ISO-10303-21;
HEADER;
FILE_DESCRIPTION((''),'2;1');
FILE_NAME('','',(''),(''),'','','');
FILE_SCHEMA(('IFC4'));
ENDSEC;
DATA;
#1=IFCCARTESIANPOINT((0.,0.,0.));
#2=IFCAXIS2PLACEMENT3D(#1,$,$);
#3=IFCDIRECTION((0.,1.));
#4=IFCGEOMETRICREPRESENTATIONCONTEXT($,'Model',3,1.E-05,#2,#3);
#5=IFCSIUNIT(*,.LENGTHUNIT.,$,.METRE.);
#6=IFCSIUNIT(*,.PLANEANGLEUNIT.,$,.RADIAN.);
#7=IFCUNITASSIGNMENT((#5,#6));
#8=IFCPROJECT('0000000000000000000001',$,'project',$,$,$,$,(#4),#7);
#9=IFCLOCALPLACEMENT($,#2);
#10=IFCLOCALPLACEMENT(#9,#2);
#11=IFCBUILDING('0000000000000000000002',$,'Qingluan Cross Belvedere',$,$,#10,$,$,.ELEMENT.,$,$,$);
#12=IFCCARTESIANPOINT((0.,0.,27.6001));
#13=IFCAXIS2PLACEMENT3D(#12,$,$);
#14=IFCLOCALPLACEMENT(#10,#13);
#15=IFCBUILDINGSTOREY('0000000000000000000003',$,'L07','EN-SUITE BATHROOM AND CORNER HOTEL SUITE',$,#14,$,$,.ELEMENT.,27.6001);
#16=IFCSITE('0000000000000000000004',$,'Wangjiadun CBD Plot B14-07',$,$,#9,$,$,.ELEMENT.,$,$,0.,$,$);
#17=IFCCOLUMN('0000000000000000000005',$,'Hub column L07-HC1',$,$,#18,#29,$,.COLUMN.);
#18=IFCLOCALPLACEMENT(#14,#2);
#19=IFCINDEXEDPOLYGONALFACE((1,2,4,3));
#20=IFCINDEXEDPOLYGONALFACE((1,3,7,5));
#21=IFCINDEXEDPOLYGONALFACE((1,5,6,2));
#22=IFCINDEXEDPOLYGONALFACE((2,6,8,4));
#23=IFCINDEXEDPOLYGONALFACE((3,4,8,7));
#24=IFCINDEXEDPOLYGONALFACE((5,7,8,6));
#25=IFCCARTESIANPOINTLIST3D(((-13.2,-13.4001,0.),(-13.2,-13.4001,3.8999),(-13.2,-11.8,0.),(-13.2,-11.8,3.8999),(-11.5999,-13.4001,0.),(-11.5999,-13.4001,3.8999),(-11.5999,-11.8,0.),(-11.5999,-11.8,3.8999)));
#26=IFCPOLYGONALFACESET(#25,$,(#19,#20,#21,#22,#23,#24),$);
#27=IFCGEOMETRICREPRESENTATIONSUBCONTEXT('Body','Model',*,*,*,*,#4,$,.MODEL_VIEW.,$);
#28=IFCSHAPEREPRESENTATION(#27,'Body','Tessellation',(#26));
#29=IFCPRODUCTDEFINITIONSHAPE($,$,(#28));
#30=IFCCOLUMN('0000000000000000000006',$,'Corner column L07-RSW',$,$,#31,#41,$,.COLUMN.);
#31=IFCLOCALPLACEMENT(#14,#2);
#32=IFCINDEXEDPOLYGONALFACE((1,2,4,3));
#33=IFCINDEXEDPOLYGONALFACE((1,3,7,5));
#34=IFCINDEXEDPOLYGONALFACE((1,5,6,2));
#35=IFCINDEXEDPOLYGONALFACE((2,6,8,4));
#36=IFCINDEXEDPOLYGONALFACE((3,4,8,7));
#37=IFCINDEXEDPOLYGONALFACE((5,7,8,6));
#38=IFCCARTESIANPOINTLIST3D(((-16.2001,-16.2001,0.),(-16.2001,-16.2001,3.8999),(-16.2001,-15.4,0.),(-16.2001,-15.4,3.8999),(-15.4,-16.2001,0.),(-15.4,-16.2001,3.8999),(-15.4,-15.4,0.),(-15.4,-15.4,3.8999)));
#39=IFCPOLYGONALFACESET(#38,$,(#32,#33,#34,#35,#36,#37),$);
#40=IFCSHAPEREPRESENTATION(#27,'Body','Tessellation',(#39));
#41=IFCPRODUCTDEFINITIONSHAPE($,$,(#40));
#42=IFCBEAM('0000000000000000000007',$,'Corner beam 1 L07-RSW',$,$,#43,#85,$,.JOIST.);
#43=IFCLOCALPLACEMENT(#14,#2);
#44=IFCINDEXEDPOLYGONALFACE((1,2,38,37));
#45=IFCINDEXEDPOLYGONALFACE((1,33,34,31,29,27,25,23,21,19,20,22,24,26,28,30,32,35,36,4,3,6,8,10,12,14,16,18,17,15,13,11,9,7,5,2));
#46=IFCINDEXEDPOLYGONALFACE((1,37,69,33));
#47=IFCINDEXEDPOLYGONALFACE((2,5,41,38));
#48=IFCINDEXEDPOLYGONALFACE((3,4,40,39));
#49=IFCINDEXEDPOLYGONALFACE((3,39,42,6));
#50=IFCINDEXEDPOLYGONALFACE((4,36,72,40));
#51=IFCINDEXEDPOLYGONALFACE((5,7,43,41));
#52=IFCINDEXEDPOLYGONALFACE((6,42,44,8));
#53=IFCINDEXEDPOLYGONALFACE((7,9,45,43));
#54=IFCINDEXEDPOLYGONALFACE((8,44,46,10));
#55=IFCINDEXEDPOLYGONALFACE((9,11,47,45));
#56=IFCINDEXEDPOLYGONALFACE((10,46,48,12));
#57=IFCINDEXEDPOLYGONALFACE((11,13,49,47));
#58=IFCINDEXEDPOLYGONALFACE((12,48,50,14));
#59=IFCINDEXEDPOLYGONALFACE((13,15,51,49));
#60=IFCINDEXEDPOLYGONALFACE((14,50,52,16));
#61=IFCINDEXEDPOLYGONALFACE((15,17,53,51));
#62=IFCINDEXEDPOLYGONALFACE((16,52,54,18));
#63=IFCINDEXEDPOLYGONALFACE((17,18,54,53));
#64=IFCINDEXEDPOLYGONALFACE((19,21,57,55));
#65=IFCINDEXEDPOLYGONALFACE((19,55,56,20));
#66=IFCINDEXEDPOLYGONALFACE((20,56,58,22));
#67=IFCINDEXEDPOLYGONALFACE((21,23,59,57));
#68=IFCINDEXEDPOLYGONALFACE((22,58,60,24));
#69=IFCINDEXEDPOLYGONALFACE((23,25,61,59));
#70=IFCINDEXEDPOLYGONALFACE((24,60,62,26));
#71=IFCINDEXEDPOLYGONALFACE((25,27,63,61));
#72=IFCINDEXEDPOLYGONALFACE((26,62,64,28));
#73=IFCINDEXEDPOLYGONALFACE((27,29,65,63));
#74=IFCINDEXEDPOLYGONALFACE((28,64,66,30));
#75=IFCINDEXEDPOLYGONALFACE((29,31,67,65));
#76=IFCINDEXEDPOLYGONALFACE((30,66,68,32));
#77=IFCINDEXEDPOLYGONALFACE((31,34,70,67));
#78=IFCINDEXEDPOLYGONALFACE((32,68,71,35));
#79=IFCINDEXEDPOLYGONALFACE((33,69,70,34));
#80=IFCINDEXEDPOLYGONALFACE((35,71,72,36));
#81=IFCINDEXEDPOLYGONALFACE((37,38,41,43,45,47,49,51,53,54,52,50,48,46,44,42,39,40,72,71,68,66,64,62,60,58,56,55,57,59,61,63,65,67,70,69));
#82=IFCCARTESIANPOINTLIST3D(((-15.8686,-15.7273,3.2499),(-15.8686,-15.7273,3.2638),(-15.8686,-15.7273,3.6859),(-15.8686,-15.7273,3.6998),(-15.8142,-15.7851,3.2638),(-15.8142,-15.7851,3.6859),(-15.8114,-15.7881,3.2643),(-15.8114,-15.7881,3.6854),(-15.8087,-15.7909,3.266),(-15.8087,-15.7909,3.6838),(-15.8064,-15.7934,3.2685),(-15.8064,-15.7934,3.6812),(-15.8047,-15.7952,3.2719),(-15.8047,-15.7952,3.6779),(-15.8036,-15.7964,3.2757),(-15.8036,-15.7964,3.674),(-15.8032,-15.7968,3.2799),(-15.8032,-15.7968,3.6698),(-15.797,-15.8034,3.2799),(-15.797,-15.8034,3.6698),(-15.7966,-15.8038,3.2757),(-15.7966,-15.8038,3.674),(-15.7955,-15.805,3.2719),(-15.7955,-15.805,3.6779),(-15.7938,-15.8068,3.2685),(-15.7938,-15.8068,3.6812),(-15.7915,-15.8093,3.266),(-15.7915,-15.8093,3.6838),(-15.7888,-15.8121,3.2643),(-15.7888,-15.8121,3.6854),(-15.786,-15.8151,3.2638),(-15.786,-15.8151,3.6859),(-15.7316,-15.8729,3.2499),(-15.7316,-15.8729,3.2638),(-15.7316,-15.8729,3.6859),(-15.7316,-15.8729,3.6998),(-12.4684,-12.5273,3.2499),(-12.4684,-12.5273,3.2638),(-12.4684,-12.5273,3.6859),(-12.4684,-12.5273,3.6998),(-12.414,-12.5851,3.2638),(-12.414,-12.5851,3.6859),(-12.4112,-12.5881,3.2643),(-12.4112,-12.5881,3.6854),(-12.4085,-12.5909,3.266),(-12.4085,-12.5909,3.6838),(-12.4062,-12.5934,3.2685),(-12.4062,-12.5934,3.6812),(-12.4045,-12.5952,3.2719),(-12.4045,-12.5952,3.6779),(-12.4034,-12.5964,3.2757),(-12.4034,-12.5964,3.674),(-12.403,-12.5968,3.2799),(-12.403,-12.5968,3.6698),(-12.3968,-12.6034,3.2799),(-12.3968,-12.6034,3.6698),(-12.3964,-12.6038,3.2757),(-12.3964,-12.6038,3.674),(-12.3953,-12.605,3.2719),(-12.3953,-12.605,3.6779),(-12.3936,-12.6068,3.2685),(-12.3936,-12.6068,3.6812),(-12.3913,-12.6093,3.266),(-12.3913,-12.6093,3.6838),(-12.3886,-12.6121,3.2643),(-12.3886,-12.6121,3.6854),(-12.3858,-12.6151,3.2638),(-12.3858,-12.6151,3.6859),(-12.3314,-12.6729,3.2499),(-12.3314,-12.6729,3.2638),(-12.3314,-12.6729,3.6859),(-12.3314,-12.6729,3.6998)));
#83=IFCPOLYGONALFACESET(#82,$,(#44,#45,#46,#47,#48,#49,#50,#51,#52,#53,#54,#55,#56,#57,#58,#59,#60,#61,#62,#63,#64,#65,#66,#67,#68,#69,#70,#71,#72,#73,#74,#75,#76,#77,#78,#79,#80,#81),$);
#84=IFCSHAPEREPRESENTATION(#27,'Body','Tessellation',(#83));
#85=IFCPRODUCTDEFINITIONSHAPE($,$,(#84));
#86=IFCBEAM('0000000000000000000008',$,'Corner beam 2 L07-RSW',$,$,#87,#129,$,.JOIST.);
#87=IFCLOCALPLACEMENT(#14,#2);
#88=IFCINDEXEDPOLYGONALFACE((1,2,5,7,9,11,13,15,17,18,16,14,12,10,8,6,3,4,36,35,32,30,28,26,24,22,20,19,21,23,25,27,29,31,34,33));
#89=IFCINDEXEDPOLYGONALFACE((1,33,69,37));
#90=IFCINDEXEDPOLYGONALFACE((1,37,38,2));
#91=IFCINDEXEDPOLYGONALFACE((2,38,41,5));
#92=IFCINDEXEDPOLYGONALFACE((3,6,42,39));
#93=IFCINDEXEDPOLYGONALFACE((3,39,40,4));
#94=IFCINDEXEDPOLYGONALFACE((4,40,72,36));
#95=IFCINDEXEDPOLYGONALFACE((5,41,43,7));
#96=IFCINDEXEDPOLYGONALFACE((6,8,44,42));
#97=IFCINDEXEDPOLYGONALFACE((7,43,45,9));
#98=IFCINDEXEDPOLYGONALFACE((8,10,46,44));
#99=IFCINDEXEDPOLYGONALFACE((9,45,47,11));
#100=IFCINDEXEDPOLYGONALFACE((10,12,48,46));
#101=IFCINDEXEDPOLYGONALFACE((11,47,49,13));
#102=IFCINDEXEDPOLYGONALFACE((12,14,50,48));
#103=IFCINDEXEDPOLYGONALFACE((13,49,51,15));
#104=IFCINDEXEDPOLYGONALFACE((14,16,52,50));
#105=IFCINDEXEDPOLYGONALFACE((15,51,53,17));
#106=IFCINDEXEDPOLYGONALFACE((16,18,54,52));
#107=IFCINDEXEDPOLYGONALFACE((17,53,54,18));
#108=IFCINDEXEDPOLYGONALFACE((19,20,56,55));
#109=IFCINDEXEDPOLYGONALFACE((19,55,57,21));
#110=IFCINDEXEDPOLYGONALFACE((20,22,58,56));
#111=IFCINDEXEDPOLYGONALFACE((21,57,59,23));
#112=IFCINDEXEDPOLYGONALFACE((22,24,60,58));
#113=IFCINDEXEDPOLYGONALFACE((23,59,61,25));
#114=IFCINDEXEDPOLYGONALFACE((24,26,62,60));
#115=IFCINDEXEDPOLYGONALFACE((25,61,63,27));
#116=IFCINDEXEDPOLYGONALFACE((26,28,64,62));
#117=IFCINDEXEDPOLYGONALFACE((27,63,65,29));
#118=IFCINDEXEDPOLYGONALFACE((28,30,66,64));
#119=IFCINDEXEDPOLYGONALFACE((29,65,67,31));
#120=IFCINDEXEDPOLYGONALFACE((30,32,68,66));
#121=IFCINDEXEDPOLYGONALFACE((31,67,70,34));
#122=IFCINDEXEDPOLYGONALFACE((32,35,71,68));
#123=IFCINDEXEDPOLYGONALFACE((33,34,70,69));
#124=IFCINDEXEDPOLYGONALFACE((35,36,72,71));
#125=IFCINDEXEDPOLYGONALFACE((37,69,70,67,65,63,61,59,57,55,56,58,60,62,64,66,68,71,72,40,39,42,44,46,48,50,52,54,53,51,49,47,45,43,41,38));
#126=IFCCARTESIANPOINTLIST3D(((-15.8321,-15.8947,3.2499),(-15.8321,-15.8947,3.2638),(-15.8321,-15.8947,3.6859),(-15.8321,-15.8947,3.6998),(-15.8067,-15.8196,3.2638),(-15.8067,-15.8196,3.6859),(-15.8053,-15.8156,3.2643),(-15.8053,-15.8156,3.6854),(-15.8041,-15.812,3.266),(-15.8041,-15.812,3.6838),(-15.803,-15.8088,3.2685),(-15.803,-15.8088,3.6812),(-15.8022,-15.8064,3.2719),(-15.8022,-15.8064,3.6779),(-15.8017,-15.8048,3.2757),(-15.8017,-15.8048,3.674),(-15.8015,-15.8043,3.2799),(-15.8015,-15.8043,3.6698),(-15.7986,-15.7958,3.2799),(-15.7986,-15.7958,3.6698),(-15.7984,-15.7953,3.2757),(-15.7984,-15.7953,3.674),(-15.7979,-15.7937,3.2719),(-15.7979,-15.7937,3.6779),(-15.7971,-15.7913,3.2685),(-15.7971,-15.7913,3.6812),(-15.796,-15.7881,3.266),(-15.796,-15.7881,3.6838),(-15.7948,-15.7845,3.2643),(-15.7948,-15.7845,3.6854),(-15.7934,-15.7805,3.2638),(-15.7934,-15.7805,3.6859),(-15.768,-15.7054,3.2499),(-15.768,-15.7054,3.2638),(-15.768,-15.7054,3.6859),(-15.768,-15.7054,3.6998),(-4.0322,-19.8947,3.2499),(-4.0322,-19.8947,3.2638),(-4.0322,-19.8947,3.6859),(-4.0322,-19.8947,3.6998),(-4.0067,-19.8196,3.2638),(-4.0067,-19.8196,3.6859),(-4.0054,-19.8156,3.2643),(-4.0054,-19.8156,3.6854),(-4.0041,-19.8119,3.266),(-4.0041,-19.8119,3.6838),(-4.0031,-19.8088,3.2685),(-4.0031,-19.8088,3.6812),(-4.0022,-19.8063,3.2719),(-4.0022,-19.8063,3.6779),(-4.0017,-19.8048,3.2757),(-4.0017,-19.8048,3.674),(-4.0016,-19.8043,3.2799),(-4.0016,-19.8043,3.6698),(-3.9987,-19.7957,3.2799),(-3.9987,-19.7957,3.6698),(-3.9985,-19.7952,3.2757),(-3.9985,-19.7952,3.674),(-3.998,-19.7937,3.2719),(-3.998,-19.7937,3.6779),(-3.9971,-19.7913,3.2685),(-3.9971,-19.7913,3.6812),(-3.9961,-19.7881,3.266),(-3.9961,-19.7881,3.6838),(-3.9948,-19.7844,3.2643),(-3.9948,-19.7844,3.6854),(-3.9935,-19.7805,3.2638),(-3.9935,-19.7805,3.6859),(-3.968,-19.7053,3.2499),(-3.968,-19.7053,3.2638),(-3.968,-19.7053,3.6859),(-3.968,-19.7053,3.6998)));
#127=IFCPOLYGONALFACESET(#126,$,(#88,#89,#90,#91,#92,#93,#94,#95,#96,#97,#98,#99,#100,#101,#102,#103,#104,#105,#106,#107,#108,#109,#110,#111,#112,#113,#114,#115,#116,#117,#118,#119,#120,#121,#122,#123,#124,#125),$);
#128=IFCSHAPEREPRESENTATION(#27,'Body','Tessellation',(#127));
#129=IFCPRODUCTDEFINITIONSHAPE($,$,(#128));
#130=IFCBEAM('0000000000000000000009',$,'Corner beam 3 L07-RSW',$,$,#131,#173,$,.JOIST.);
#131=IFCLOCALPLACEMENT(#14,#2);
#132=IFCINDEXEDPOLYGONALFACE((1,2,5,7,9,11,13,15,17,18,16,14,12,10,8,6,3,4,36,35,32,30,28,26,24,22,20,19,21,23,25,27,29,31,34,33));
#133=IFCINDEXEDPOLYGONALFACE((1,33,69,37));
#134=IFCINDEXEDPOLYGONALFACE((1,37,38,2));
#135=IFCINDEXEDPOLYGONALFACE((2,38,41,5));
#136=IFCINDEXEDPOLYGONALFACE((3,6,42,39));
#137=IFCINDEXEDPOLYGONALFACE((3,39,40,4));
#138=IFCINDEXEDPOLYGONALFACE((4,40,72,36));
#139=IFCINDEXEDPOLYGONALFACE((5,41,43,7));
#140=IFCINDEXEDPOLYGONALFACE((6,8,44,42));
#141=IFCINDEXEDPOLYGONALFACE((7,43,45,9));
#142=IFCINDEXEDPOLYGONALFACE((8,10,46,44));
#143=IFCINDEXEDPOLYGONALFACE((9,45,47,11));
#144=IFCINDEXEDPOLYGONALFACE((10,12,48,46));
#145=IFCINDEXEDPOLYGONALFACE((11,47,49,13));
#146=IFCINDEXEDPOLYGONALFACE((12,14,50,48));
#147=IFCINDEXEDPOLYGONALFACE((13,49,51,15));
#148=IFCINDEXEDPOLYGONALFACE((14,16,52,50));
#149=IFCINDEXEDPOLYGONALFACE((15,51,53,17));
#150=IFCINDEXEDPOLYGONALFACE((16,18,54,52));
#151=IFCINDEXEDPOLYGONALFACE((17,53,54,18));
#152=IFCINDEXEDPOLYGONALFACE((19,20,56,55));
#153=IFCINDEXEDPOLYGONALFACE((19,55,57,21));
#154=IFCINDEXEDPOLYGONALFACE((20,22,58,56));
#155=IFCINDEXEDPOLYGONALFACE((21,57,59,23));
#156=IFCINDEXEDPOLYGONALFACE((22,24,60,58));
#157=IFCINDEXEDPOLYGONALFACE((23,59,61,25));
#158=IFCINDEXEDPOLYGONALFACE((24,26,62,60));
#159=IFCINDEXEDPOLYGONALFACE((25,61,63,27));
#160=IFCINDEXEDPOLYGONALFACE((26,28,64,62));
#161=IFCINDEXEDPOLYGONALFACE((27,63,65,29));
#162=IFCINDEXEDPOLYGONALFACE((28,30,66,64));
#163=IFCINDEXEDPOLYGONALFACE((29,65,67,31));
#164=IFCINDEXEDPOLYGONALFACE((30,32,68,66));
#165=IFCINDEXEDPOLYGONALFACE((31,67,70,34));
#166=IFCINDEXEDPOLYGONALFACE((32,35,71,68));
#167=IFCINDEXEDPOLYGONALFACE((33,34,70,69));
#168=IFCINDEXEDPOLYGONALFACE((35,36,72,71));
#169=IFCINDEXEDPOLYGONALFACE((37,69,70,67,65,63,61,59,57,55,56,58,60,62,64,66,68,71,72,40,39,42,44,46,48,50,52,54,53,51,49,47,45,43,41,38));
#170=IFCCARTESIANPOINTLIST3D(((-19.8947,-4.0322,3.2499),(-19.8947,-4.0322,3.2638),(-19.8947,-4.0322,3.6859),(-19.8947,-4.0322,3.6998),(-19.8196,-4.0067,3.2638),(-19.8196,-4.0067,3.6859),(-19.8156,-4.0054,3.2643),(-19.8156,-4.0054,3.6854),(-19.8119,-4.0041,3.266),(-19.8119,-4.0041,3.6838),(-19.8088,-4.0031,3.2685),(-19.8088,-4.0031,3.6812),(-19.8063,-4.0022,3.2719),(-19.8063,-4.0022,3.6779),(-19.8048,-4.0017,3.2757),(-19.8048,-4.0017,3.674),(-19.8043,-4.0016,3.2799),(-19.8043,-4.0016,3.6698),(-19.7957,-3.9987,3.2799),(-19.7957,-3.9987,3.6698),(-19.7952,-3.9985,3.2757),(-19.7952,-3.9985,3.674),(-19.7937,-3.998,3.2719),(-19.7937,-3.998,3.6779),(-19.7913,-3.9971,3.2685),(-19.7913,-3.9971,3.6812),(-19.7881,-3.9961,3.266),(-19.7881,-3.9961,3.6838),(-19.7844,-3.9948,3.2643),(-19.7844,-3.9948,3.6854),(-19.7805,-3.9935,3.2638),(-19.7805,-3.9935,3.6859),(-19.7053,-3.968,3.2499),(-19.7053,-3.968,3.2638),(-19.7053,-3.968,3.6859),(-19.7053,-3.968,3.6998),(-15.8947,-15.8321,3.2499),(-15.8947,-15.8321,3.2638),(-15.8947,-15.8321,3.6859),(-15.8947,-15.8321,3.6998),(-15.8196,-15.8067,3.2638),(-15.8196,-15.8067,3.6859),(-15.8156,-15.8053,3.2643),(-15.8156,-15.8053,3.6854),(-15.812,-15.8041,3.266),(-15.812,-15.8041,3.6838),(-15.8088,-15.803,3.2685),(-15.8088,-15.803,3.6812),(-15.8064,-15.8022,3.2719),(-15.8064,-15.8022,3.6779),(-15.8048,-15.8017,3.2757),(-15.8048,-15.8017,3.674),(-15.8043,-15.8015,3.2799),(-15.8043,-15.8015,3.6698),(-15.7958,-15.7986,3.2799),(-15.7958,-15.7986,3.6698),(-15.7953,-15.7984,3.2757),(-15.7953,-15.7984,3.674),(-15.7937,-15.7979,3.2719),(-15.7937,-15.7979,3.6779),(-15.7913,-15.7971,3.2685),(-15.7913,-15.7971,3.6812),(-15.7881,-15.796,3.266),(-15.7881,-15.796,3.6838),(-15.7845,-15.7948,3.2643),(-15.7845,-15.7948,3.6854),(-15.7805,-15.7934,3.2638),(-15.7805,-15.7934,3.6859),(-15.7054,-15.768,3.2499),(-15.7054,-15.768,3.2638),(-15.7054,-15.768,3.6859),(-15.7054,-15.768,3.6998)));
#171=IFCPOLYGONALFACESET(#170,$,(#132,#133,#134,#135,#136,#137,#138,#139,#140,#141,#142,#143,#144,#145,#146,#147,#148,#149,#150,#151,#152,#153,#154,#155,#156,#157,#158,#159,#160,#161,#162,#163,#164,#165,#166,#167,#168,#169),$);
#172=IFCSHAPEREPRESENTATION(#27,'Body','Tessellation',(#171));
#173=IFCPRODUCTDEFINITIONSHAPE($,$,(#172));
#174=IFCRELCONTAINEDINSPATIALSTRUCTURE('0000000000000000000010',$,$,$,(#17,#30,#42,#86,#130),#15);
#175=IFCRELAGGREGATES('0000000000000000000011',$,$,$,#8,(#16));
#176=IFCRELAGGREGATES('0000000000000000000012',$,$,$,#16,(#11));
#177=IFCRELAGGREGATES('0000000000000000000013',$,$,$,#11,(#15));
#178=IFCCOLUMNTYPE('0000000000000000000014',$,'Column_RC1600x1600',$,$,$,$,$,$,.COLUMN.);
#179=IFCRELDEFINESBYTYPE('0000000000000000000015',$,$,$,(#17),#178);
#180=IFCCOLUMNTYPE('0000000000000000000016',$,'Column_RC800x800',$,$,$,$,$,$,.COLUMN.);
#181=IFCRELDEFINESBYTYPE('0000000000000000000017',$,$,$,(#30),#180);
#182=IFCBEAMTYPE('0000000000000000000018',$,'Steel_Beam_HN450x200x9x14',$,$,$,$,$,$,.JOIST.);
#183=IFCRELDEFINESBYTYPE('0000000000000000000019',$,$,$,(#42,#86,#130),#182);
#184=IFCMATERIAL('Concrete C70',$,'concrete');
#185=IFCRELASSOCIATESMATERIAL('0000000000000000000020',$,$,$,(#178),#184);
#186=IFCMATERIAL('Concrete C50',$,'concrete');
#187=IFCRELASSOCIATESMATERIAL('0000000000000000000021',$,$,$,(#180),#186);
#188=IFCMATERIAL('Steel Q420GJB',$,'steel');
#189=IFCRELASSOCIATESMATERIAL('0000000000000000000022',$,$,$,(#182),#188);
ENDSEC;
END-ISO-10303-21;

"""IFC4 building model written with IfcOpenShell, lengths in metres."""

from ifc_helpers import new_model, si_unit, direction, frame, origin, origin_2d, place, context, subcontext, project, spatial, rectangle, i_section, extrude, material, material_profile, profile_set, type_object, element, save


model = new_model("IFC4")

# Units and contexts
model_context = context("Model", 3, precision=1e-05, world=origin(), true_north=direction((0.0, 1.0)))
body_context = subcontext(model_context, "Body", "Model", "MODEL_VIEW")
ifc_project = project(units=[si_unit("LENGTHUNIT", "METRE"), si_unit("PLANEANGLEUNIT", "RADIAN")], contexts=[model_context])

# Site, building, storey
site_placement = place(None, origin())
site = spatial("IfcSite", under=ifc_project, at=site_placement, Name="Wangjiadun CBD Plot B14-07", CompositionType="ELEMENT", RefElevation=0.0)
building_placement = place(site_placement, origin())
building = spatial("IfcBuilding", under=site, at=building_placement, Name="Qingluan Cross Belvedere", CompositionType="ELEMENT")
storey_placement = place(building_placement, frame((0.0, 0.0, 27.6001)))
storey = spatial("IfcBuildingStorey", under=building, at=storey_placement, Name="L07", Description="EN-SUITE BATHROOM AND CORNER HOTEL SUITE", CompositionType="ELEMENT", Elevation=27.6001)

# Columns
ifc_material_1 = material(Name="Concrete C70", Category="concrete")
ifc_material_profile_1 = material_profile(ifc_material_1, rectangle(XDim=1.6001, YDim=1.6001, at=origin_2d()), Name="RC1600x1600")
ifc_profile_set_1 = profile_set([ifc_material_profile_1], Name="Concrete C70")
column_type_1 = type_object("IfcColumnType", Name="Column_RC1600x1600", PredefinedType="COLUMN", material=ifc_profile_set_1)
column_1_placement = place(storey_placement, frame((-12.3999, -12.6001, 0.0), z_axis=(0.0, 0.0, 1.0), x_axis=(1.0, 0.0, 0.0)))
element("IfcColumn", 1, at=column_1_placement, inside=storey, type_object=column_type_1, Name="Hub column L07-HC1", PredefinedType="COLUMN", context=body_context, shape_type="SweptSolid", body=[
    extrude(rectangle(XDim=1.6001, YDim=1.6001, at=origin_2d()), origin(), (0.0, 0.0, 1.0), 3.8999),
])
ifc_material_2 = material(Name="Concrete C50", Category="concrete")
ifc_material_profile_2 = material_profile(ifc_material_2, rectangle(XDim=0.8, YDim=0.8, at=origin_2d()), Name="RC800x800")
ifc_profile_set_2 = profile_set([ifc_material_profile_2], Name="Concrete C50")
column_type_2 = type_object("IfcColumnType", Name="Column_RC800x800", PredefinedType="COLUMN", material=ifc_profile_set_2)
column_2_placement = place(storey_placement, frame((-15.8, -15.8, 0.0), z_axis=(0.0, 0.0, 1.0), x_axis=(1.0, 0.0, 0.0)))
element("IfcColumn", 2, at=column_2_placement, inside=storey, type_object=column_type_2, Name="Corner column L07-RSW", PredefinedType="COLUMN", context=body_context, shape_type="SweptSolid", body=[
    extrude(rectangle(XDim=0.8, YDim=0.8, at=origin_2d()), origin(), (0.0, 0.0, 1.0), 3.8999),
])

# Beams
ifc_material_3 = material(Name="Steel Q420GJB", Category="steel")
ifc_material_profile_3 = material_profile(ifc_material_3, i_section(OverallWidth=0.2, OverallDepth=0.45, WebThickness=0.009, FlangeThickness=0.0139, FilletRadius=0.0161, at=origin_2d()), Name="HN450x200x9x14")
ifc_profile_set_3 = profile_set([ifc_material_profile_3], Name="Steel Q420GJB")
beam_type_1 = type_object("IfcBeamType", Name="Steel_Beam_HN450x200x9x14", PredefinedType="JOIST", material=ifc_profile_set_3)
beam_1_placement = place(storey_placement, frame((-12.3999, -12.6001, 3.4749), z_axis=(-0.72822, -0.685343, 0.0), x_axis=(0.685343, -0.72822, 0.0)))
element("IfcBeam", 3, at=beam_1_placement, inside=storey, type_object=beam_type_1, Name="Corner beam 1 L07-RSW", PredefinedType="JOIST", context=body_context, shape_type="SweptSolid", body=[
    extrude(i_section(OverallWidth=0.2, OverallDepth=0.45, WebThickness=0.009, FlangeThickness=0.0139, FilletRadius=0.0161, at=origin_2d()), origin(), (0.0, 0.0, 1.0), 4.6692),
])
for number, where, z_axis, x_axis, name in (
    (4, (-15.8, -15.8, 3.4749), (0.947066, -0.321038, 0.0), (0.321038, 0.947066, 0.0), "Corner beam 2 L07-RSW"),
    (5, (-15.8, -15.8, 3.4749), (-0.321038, 0.947066, 0.0), (-0.947066, -0.321038, 0.0), "Corner beam 3 L07-RSW"),
):
    element("IfcBeam", number, at=place(storey_placement, frame(where, z_axis=z_axis, x_axis=x_axis)), inside=storey, type_object=beam_type_1, Name=name, PredefinedType="JOIST", context=body_context, shape_type="SweptSolid", body=[
        extrude(i_section(OverallWidth=0.2, OverallDepth=0.45, WebThickness=0.009, FlangeThickness=0.0139, FilletRadius=0.0161, at=origin_2d()), origin(), (0.0, 0.0, 1.0), 12.4595),
    ])

save(model, "model.ifc")
